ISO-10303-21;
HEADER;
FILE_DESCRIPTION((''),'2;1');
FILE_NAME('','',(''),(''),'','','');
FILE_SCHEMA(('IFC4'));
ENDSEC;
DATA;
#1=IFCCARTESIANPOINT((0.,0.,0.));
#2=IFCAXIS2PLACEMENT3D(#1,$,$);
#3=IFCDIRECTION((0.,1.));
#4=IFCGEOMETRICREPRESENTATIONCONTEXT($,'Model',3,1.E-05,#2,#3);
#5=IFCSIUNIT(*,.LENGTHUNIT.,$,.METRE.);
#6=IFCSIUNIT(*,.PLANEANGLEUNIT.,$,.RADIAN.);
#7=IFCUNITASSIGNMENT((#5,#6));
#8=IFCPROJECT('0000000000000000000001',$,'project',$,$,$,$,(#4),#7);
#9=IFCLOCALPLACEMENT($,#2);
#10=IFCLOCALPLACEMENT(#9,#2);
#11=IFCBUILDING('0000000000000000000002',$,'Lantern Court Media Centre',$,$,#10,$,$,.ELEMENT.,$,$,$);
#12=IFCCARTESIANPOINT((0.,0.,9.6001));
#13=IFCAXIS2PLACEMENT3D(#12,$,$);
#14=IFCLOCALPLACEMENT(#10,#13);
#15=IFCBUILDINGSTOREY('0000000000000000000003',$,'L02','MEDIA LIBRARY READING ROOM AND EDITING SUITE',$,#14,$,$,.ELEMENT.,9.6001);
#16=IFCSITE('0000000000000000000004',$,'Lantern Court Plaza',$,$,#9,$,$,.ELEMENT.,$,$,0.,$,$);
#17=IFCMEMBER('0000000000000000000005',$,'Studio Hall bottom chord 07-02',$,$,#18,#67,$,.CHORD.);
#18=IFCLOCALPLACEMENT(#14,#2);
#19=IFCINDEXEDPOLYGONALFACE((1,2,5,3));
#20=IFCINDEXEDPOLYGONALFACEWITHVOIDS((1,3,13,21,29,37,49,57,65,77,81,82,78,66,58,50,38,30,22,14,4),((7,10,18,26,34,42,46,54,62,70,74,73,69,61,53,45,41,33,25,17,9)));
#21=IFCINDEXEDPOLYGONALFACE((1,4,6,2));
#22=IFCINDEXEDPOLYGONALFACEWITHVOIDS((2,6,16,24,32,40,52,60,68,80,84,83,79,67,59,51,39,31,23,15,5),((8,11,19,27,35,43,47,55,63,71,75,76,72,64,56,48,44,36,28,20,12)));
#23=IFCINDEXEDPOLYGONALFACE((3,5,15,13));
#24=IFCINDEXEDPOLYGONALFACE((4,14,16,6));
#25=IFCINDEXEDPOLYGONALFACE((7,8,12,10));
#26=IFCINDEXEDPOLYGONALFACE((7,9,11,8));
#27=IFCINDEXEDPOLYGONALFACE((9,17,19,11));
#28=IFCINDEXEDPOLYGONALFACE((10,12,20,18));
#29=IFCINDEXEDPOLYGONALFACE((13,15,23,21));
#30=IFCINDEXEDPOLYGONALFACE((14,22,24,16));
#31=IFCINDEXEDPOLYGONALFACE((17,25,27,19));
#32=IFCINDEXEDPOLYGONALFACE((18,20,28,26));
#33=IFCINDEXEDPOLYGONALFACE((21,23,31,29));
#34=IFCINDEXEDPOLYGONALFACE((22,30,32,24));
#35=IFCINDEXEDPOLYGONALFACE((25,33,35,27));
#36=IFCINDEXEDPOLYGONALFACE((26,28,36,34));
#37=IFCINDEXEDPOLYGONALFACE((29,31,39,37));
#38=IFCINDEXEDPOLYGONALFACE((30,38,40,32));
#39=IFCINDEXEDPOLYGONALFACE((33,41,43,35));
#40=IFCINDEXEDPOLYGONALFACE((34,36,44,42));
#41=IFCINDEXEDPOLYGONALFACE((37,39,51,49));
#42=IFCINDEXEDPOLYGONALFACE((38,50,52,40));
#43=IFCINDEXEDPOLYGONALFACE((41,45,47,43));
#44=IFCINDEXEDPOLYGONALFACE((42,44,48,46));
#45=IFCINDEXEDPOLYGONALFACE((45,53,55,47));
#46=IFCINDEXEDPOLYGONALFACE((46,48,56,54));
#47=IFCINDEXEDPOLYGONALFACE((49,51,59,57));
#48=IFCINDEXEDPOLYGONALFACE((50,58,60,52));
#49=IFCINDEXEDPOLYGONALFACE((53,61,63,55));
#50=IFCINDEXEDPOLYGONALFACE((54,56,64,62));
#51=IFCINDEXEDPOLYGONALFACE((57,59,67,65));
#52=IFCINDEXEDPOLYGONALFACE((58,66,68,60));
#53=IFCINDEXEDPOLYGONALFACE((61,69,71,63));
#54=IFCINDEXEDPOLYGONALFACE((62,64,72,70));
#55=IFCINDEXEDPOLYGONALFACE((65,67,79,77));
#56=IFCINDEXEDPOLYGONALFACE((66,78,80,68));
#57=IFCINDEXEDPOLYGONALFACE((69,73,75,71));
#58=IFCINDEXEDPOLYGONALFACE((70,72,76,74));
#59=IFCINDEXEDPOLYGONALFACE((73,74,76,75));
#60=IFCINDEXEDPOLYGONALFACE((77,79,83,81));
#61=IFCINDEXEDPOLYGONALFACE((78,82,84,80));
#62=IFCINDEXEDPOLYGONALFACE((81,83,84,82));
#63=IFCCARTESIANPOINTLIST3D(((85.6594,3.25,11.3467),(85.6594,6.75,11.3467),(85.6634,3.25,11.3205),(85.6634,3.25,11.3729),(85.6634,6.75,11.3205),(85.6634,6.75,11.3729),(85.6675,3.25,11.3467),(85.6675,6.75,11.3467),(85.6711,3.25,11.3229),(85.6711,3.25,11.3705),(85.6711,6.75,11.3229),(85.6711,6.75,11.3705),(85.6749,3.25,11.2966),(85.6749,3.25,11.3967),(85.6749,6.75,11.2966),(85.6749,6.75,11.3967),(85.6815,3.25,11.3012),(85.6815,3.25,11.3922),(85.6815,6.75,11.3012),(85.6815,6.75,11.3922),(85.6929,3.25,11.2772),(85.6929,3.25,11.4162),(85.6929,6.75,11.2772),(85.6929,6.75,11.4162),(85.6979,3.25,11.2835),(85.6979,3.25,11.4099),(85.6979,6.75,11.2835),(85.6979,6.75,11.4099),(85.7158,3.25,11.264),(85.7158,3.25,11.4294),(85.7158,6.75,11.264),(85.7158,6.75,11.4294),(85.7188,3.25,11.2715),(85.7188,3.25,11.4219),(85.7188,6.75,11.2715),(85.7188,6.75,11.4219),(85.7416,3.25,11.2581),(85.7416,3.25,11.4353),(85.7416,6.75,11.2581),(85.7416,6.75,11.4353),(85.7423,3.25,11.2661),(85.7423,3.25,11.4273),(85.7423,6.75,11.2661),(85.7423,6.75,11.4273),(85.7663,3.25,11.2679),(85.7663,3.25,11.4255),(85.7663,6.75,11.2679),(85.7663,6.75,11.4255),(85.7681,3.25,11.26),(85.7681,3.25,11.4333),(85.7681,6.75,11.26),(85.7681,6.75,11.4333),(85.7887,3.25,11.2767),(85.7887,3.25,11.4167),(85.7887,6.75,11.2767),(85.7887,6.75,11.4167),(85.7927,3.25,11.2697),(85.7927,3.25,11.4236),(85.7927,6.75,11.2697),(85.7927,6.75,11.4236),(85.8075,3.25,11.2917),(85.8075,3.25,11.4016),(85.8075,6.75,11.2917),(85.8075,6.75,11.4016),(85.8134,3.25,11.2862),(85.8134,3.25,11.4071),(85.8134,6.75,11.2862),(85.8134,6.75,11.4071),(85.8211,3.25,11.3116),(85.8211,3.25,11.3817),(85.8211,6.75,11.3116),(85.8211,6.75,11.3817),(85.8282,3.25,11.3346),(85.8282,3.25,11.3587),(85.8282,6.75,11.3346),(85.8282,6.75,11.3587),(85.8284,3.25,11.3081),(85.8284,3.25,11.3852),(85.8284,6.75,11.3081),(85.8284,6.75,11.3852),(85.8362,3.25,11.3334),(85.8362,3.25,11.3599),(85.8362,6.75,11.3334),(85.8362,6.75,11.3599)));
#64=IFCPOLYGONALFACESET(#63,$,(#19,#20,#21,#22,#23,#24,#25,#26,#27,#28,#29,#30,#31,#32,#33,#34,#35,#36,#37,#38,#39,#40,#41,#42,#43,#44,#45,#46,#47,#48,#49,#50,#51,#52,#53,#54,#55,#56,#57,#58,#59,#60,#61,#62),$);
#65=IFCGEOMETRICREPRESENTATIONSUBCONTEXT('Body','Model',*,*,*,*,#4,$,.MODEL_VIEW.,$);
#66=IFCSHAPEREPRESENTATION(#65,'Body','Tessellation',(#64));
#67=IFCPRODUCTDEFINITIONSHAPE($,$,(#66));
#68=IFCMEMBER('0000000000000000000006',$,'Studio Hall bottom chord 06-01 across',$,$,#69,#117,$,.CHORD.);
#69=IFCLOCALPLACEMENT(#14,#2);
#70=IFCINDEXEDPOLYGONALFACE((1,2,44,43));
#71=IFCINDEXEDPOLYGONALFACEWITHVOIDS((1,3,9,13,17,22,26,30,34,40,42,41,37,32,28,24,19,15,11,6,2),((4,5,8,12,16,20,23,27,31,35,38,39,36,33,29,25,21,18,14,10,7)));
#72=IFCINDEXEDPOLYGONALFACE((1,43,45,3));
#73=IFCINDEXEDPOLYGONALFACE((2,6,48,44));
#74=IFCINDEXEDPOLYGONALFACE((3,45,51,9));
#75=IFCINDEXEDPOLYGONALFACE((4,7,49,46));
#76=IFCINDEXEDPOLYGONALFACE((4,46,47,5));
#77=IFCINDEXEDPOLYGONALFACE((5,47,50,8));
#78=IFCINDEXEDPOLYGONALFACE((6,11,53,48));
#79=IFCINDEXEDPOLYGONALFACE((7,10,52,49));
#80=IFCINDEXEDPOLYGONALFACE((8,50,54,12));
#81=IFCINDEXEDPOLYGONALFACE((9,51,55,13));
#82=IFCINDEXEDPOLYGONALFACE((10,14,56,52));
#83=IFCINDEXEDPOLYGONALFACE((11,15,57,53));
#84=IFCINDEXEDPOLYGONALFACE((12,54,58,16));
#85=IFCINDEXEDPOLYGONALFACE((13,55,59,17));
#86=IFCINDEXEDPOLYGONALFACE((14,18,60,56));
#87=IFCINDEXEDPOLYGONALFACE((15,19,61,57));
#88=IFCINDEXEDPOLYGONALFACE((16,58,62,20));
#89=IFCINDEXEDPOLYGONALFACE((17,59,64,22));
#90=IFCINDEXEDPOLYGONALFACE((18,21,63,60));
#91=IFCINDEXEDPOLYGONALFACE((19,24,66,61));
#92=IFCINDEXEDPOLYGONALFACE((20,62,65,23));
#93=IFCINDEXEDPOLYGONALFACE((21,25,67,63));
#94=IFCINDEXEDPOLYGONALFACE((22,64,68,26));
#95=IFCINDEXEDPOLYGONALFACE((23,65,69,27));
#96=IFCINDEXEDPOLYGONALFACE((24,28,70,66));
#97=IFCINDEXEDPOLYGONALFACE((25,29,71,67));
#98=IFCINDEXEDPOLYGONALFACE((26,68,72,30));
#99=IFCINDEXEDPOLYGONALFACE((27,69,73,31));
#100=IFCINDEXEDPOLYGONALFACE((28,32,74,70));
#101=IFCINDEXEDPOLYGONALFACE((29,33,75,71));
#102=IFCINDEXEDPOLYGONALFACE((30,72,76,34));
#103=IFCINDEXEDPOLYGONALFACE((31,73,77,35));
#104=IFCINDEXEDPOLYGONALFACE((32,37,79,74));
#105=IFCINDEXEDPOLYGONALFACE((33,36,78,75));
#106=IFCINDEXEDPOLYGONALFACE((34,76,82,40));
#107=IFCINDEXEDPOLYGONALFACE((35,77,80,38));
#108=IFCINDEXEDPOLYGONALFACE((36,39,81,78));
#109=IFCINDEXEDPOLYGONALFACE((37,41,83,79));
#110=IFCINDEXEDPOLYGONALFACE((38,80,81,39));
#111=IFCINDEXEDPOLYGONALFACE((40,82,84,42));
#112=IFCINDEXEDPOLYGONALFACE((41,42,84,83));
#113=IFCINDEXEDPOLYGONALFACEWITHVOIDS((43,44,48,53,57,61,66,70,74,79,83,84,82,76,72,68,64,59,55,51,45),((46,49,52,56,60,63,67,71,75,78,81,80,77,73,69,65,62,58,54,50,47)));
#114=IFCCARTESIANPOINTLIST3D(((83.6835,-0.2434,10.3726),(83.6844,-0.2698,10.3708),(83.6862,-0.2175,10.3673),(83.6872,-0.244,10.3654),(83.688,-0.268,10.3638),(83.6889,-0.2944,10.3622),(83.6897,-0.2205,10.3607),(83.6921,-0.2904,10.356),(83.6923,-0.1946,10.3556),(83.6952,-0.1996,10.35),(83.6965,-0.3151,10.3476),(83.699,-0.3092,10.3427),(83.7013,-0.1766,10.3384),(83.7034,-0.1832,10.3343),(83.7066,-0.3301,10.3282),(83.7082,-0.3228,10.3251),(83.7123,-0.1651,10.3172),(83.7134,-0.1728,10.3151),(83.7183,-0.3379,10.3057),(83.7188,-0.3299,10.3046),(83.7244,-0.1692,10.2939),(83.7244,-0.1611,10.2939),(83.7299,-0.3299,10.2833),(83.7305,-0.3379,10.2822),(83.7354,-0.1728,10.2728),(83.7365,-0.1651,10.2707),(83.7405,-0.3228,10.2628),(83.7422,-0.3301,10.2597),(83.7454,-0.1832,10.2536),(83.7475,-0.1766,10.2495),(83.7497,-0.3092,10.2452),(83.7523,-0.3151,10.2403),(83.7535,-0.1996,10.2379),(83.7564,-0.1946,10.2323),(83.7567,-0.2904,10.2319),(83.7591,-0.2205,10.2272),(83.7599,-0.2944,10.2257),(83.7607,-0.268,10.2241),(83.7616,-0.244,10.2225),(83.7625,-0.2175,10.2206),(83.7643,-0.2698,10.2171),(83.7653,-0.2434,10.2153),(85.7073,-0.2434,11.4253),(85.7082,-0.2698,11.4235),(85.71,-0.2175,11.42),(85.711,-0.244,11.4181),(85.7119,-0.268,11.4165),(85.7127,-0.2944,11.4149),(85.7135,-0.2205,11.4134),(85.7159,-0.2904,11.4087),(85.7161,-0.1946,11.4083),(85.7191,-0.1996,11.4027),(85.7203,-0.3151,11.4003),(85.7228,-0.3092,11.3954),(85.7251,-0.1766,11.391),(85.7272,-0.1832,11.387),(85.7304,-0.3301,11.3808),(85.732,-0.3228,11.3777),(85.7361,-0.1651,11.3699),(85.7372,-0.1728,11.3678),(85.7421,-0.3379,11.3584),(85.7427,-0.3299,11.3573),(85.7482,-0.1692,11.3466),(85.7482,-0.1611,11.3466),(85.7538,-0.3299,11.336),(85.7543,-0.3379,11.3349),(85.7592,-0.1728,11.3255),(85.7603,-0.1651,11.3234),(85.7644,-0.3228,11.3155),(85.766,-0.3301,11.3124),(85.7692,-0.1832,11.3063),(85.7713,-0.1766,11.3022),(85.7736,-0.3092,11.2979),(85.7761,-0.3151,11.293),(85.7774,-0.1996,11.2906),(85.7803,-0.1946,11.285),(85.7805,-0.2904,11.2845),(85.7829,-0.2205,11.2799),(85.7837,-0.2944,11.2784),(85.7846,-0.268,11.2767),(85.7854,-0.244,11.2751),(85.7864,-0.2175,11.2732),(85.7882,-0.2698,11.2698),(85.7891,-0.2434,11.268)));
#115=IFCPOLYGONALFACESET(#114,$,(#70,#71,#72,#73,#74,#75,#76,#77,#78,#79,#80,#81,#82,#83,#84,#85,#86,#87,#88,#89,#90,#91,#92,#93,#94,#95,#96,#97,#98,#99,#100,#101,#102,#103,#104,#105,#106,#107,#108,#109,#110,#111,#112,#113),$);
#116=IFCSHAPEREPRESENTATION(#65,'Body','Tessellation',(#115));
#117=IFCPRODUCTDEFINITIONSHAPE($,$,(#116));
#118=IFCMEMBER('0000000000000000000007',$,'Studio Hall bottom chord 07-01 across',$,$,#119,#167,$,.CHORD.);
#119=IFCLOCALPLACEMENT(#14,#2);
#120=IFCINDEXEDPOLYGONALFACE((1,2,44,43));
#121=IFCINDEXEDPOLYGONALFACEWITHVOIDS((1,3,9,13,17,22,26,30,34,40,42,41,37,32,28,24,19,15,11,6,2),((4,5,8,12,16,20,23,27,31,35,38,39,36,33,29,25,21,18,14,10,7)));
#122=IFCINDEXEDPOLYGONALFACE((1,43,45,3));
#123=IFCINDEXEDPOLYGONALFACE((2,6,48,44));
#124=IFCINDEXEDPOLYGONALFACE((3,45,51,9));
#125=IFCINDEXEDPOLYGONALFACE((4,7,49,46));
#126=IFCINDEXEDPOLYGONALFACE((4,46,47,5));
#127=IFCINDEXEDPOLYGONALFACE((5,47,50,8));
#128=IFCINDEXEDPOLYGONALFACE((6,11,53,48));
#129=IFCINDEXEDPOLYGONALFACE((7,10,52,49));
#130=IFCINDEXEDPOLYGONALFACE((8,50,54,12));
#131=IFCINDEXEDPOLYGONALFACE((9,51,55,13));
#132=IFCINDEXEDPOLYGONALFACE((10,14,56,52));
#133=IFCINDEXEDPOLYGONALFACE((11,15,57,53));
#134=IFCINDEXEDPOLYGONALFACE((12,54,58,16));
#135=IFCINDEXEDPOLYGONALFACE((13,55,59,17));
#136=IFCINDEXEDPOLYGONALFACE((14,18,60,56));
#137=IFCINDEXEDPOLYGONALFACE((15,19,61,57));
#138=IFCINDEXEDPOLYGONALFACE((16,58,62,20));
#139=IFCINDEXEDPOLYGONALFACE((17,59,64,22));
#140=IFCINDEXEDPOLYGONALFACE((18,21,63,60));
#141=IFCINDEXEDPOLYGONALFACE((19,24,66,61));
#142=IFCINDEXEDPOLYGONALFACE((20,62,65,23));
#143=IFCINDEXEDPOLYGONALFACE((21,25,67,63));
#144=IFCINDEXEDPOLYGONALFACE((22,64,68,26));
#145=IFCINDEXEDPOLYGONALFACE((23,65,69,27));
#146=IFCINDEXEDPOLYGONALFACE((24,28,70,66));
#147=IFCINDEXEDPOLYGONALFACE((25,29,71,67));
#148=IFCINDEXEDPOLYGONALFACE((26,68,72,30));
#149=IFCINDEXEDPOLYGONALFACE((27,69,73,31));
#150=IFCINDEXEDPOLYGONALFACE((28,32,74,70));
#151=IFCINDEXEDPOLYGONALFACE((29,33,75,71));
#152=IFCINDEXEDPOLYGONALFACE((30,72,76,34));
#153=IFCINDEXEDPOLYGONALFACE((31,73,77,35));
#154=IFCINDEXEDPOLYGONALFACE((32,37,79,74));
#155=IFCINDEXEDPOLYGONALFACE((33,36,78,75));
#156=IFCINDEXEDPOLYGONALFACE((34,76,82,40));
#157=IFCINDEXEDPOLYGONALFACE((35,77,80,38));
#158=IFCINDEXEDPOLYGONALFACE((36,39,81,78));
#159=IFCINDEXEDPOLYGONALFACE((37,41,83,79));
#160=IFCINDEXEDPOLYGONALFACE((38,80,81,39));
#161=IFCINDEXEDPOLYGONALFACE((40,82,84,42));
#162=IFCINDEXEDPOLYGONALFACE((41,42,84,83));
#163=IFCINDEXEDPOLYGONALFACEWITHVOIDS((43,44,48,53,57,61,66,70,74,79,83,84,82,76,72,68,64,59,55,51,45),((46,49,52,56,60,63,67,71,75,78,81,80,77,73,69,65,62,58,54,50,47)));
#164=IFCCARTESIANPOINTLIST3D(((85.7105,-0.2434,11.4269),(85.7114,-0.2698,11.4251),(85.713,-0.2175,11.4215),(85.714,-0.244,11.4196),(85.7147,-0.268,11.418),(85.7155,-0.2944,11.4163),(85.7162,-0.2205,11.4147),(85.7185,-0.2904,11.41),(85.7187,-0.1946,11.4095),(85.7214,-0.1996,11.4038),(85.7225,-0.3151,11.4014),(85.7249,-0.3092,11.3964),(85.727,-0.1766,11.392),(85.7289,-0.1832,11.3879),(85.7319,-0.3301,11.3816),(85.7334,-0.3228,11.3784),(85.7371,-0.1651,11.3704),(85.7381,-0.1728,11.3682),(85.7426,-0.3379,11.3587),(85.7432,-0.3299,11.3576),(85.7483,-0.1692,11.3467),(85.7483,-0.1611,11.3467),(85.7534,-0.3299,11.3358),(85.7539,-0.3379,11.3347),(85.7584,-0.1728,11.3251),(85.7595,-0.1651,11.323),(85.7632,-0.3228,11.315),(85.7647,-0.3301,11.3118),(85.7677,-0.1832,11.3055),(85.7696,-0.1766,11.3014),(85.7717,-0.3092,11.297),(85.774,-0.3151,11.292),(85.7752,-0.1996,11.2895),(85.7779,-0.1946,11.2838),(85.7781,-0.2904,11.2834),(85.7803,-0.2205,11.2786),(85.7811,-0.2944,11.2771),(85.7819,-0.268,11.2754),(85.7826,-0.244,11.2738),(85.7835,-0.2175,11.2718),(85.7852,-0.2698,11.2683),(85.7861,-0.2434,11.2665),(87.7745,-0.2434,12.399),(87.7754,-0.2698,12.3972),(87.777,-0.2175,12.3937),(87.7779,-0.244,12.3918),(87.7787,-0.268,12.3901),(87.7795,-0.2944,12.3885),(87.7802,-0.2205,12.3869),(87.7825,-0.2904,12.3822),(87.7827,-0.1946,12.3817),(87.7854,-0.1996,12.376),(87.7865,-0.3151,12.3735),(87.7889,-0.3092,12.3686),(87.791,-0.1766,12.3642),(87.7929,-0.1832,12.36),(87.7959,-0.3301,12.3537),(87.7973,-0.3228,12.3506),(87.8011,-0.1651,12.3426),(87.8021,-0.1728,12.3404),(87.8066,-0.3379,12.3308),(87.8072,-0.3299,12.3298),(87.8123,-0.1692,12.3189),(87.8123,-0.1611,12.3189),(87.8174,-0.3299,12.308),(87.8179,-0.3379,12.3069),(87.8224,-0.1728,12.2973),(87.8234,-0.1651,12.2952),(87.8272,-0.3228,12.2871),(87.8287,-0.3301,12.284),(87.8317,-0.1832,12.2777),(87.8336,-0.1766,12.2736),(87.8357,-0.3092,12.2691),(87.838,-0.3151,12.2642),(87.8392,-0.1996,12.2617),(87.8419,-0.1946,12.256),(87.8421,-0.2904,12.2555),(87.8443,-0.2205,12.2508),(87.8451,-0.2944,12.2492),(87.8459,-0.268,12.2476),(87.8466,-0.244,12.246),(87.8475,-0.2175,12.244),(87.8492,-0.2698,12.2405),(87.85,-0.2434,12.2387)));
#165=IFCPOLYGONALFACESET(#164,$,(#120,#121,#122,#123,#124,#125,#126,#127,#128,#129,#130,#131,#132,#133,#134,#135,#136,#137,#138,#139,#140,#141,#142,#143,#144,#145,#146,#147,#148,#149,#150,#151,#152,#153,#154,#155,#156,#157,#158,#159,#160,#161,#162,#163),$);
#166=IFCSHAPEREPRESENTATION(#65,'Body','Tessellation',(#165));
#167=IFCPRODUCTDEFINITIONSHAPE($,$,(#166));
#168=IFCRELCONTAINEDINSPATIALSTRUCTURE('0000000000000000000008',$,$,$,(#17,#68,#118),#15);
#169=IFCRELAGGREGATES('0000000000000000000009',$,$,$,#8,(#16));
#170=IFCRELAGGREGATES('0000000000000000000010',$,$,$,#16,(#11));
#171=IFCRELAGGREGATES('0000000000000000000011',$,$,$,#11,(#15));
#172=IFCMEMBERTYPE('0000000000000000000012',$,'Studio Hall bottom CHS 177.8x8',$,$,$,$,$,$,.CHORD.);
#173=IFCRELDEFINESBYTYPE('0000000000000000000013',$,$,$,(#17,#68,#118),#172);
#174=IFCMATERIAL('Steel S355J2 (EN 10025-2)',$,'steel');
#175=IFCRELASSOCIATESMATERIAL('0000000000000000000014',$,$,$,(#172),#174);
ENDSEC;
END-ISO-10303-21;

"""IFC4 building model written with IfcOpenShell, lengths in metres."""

from ifc_helpers import new_model, si_unit, direction, frame, origin, origin_2d, place, context, subcontext, project, spatial, hollow_circle, extrude, material, material_profile, profile_set, type_object, element, save


model = new_model("IFC4")

# Units and contexts
model_context = context("Model", 3, precision=1e-05, world=origin(), true_north=direction((0.0, 1.0)))
body_context = subcontext(model_context, "Body", "Model", "MODEL_VIEW")
ifc_project = project(units=[si_unit("LENGTHUNIT", "METRE"), si_unit("PLANEANGLEUNIT", "RADIAN")], contexts=[model_context])

# Site, building, storey
site_placement = place(None, origin())
site = spatial("IfcSite", under=ifc_project, at=site_placement, Name="Lantern Court Plaza", CompositionType="ELEMENT", RefElevation=0.0)
building_placement = place(site_placement, origin())
building = spatial("IfcBuilding", under=site, at=building_placement, Name="Lantern Court Media Centre", CompositionType="ELEMENT")
storey_placement = place(building_placement, frame((0.0, 0.0, 9.6001)))
storey = spatial("IfcBuildingStorey", under=building, at=storey_placement, Name="L02", Description="MEDIA LIBRARY READING ROOM AND EDITING SUITE", CompositionType="ELEMENT", Elevation=9.6001)

# Members
ifc_material = material(Name="Steel S355J2 (EN 10025-2)", Category="steel")
ifc_material_profile_1 = material_profile(ifc_material, hollow_circle(Radius=0.0889, WallThickness=0.0081, at=origin_2d()), Name="Studio Hall bottom CHS 177.8x8")
ifc_profile_set_1 = profile_set([ifc_material_profile_1], Name="Steel S355J2 (EN 10025-2)")
member_type_1 = type_object("IfcMemberType", Name="Studio Hall bottom CHS 177.8x8", PredefinedType="CHORD", material=ifc_profile_set_1)
for number, where, z_axis, x_axis, name in (
    (1, (85.7483, 3.25, 11.3467), (0.0, 1.0, 0.0), (-1.0, 0.0, 0.0), "Studio Hall bottom chord 07-02"),
):
    element("IfcMember", number, at=place(storey_placement, frame(where, z_axis=z_axis, x_axis=x_axis)), inside=storey, type_object=member_type_1, Name=name, PredefinedType="CHORD", context=body_context, shape_type="SweptSolid", body=[
        extrude(hollow_circle(Radius=0.0889, WallThickness=0.0081, at=origin_2d()), origin(), (0.0, 0.0, 1.0), 3.5),
    ])
member_1_placement = place(storey_placement, frame((83.7244, -0.25, 10.2939), z_axis=(0.887164, 0.0, 0.461454), x_axis=(0.0, 1.0, 0.0)))
element("IfcMember", 2, at=member_1_placement, inside=storey, type_object=member_type_1, Name="Studio Hall bottom chord 06-01 across", PredefinedType="CHORD", context=body_context, shape_type="SweptSolid", body=[
    extrude(hollow_circle(Radius=0.0889, WallThickness=0.0081, at=origin_2d()), origin(), (0.0, 0.0, 1.0), 2.2812),
])
member_2_placement = place(storey_placement, frame((85.7483, -0.25, 11.3467), z_axis=(0.904668, 0.0, 0.426117), x_axis=(0.0, 1.0, 0.0)))
element("IfcMember", 3, at=member_2_placement, inside=storey, type_object=member_type_1, Name="Studio Hall bottom chord 07-01 across", PredefinedType="CHORD", context=body_context, shape_type="SweptSolid", body=[
    extrude(hollow_circle(Radius=0.0889, WallThickness=0.0081, at=origin_2d()), origin(), (0.0, 0.0, 1.0), 2.2815),
])

save(model, "model.ifc")
